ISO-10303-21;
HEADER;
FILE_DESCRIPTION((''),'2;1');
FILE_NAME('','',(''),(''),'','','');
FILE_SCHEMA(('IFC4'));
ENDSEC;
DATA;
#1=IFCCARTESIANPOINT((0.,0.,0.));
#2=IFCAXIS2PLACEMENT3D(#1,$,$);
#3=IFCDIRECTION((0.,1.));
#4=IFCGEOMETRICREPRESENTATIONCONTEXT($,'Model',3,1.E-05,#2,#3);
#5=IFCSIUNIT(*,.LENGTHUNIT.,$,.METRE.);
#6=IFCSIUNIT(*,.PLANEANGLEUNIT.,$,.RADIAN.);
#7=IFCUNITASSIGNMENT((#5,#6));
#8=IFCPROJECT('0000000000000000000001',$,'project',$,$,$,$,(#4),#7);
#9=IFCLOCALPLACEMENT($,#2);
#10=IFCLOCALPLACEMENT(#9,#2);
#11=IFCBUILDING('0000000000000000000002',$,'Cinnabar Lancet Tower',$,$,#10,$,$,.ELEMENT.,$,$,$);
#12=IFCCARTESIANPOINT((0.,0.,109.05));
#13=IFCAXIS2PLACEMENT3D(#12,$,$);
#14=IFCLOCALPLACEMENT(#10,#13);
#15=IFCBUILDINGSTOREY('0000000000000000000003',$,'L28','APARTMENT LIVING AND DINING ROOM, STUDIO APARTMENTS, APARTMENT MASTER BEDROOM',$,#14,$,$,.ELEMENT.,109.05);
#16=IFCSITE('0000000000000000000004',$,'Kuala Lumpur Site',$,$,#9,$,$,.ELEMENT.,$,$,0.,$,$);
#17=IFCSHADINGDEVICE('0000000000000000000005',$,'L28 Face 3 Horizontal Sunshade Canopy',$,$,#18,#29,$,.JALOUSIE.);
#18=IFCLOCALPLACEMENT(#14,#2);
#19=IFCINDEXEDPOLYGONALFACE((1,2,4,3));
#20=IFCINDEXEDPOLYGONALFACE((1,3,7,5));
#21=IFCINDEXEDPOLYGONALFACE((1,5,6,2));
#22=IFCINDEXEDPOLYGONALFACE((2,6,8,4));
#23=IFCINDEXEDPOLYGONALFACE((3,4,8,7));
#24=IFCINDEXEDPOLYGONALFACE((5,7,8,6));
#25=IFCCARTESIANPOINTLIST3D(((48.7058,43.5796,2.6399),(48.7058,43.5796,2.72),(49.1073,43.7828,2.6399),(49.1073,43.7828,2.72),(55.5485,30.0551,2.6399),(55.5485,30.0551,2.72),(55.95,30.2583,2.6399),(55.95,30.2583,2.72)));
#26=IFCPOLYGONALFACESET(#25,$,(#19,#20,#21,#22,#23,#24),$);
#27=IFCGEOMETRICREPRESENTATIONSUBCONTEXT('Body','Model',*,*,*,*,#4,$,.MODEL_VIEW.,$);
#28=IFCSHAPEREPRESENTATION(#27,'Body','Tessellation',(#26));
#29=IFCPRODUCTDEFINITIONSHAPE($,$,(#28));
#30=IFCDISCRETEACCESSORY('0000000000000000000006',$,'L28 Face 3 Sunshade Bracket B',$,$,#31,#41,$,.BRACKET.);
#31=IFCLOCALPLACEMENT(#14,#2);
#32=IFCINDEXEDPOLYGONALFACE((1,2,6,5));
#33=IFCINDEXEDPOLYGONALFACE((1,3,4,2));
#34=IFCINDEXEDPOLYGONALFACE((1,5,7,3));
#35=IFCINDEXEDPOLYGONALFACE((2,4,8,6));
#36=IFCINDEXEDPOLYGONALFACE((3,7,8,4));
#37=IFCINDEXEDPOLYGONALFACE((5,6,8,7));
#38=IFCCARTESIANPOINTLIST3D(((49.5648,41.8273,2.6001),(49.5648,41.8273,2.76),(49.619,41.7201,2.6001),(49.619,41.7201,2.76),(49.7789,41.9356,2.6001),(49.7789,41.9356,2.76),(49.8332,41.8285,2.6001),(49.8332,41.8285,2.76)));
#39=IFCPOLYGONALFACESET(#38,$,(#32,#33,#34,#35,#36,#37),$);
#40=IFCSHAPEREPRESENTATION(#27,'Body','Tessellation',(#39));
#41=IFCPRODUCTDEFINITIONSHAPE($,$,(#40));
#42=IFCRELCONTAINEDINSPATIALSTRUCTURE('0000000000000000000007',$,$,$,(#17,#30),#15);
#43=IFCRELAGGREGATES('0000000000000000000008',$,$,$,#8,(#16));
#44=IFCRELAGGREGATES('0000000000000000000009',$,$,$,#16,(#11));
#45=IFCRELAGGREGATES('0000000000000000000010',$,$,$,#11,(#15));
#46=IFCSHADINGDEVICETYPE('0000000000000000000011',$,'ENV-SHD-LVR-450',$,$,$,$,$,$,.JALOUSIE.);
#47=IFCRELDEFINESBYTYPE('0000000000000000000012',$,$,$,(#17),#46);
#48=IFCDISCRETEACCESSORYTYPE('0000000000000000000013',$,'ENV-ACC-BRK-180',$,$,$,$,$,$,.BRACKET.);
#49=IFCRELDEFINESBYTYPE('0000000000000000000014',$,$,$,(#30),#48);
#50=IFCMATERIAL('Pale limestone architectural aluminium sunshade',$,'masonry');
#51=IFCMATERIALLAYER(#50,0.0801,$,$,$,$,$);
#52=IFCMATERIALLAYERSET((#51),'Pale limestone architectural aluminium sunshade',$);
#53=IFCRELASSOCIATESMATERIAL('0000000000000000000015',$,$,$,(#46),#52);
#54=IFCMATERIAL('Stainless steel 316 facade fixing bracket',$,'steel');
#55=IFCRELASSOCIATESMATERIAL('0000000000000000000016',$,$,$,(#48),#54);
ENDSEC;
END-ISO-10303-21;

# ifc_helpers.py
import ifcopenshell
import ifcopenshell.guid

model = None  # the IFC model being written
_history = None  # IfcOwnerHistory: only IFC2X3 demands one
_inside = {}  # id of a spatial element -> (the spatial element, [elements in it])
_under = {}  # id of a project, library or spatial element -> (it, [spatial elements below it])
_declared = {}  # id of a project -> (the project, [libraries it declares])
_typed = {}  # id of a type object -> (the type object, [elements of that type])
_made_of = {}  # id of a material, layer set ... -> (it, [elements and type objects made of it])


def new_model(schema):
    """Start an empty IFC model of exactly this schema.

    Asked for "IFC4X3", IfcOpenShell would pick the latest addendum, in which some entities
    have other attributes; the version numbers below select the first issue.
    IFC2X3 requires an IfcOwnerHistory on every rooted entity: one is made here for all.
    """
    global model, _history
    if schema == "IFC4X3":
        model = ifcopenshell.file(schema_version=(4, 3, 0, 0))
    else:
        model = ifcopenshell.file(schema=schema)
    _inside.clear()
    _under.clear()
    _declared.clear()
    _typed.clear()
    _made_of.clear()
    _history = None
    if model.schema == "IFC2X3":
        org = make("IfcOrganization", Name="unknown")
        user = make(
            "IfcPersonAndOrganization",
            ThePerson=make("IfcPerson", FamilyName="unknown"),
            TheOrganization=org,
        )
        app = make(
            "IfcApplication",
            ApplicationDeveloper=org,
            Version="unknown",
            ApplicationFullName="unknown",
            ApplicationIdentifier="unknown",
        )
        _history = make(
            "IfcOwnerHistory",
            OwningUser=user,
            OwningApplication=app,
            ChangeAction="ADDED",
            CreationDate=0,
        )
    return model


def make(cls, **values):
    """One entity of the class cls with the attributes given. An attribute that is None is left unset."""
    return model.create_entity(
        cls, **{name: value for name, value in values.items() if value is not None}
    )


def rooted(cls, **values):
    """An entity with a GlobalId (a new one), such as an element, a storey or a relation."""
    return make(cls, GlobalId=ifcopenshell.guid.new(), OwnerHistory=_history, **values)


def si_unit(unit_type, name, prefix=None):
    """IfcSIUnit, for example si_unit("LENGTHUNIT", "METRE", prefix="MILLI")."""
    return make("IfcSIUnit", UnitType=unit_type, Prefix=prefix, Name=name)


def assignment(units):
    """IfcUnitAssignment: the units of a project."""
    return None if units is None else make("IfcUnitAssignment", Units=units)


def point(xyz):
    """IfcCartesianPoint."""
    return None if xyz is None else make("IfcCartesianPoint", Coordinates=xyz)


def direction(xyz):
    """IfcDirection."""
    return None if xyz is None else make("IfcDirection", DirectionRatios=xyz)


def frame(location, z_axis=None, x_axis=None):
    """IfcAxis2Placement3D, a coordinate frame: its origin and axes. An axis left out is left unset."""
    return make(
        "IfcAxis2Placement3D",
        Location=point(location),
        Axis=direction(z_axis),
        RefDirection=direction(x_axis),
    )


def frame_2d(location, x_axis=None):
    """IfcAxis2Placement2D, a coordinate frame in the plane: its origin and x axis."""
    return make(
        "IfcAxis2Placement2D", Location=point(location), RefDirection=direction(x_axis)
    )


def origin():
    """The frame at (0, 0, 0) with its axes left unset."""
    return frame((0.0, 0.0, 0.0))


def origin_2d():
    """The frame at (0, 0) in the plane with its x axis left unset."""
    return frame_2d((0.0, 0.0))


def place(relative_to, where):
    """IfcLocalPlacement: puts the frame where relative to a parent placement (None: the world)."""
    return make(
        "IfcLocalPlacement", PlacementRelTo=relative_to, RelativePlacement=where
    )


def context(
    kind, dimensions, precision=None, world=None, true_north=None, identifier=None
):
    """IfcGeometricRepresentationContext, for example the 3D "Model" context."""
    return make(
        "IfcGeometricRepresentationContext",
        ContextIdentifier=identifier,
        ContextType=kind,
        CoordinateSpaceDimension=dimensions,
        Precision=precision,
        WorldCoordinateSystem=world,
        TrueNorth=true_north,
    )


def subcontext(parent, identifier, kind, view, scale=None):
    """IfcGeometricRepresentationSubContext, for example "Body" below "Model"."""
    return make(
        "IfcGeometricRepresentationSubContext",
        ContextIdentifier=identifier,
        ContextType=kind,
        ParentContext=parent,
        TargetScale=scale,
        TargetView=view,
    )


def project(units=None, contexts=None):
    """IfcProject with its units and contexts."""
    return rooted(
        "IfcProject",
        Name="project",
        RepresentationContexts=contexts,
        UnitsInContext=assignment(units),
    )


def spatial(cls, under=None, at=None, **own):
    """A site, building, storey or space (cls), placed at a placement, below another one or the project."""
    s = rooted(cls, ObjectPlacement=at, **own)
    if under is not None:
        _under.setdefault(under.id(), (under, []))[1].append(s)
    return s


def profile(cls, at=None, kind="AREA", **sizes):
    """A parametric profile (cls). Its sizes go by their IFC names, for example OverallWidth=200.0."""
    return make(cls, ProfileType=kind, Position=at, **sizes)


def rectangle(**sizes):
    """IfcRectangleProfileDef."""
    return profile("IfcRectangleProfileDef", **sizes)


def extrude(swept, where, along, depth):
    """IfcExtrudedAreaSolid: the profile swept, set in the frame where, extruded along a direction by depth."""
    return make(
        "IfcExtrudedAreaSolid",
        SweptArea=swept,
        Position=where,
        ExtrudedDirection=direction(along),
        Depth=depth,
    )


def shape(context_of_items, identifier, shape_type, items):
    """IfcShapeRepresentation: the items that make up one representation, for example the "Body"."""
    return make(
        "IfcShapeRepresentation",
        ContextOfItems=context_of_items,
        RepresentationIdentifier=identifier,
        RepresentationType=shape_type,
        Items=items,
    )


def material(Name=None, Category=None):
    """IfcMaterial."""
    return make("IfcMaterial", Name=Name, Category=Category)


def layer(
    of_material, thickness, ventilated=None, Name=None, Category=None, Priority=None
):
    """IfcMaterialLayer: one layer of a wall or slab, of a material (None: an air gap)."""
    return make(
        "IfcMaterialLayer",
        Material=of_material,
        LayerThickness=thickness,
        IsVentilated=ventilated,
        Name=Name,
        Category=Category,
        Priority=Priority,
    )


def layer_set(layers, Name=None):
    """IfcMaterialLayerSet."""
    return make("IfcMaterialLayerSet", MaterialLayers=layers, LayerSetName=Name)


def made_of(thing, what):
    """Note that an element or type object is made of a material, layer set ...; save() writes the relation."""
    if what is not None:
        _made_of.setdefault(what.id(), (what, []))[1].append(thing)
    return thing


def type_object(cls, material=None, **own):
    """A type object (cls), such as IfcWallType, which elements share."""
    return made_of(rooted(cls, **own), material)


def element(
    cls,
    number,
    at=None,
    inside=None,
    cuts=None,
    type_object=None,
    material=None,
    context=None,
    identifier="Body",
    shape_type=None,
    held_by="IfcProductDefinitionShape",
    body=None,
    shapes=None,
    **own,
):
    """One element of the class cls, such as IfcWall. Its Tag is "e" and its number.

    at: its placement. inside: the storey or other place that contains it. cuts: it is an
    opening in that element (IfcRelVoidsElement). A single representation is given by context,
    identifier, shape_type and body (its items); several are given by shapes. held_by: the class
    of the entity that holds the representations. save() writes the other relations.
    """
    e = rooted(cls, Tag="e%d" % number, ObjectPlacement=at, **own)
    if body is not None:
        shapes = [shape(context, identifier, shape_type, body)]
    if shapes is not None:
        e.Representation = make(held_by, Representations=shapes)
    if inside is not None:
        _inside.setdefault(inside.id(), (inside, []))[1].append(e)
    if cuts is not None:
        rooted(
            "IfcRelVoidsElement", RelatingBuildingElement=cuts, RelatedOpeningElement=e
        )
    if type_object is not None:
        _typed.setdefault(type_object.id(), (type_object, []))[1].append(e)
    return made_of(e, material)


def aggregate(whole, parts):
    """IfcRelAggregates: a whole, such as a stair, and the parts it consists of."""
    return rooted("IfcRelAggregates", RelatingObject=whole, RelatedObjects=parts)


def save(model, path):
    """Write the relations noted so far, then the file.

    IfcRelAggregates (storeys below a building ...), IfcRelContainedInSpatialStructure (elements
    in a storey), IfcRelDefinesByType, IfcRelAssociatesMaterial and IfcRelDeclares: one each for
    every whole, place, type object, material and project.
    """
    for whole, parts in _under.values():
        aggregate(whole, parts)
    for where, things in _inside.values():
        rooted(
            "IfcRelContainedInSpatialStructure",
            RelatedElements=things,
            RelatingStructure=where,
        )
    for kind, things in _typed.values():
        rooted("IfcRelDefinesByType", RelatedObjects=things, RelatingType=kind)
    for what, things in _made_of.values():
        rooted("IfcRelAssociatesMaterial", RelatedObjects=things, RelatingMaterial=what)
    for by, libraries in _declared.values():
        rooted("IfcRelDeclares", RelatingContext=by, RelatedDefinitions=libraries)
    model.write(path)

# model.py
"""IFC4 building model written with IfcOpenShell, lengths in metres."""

from ifc_helpers import new_model, si_unit, direction, frame, origin, origin_2d, place, context, subcontext, project, spatial, rectangle, extrude, material, layer, layer_set, type_object, element, save


model = new_model("IFC4")

# Units and contexts
model_context = context("Model", 3, precision=1e-05, world=origin(), true_north=direction((0.0, 1.0)))
body_context = subcontext(model_context, "Body", "Model", "MODEL_VIEW")
ifc_project = project(units=[si_unit("LENGTHUNIT", "METRE"), si_unit("PLANEANGLEUNIT", "RADIAN")], contexts=[model_context])

# Site, building, storey
site_placement = place(None, origin())
site = spatial("IfcSite", under=ifc_project, at=site_placement, Name="Kuala Lumpur Site", CompositionType="ELEMENT", RefElevation=0.0)
building_placement = place(site_placement, origin())
building = spatial("IfcBuilding", under=site, at=building_placement, Name="Cinnabar Lancet Tower", CompositionType="ELEMENT")
storey_placement = place(building_placement, frame((0.0, 0.0, 109.05)))
storey = spatial("IfcBuildingStorey", under=building, at=storey_placement, Name="L28", Description="APARTMENT LIVING AND DINING ROOM, STUDIO APARTMENTS, APARTMENT MASTER BEDROOM", CompositionType="ELEMENT", Elevation=109.05)

# Shading device
ifc_material_1 = material(Name="Pale limestone architectural aluminium sunshade", Category="masonry")
ifc_layer_1 = layer(ifc_material_1, 0.0801)
ifc_layer_set_1 = layer_set([ifc_layer_1], Name="Pale limestone architectural aluminium sunshade")
shading_device_type = type_object("IfcShadingDeviceType", Name="ENV-SHD-LVR-450", PredefinedType="JALOUSIE", material=ifc_layer_set_1)
shading_device_placement = place(storey_placement, frame((52.3279, 36.9189, 2.6399), z_axis=(0.0, 0.0, 1.0), x_axis=(-0.451454, 0.892294, 0.0)))
element("IfcShadingDevice", 1, at=shading_device_placement, inside=storey, type_object=shading_device_type, Name="L28 Face 3 Horizontal Sunshade Canopy", PredefinedType="JALOUSIE", context=body_context, shape_type="SweptSolid", body=[
    extrude(rectangle(XDim=15.157, YDim=0.45, at=origin_2d()), origin(), (0.0, 0.0, 1.0), 0.0801),
])

# Discrete accessory
ifc_material_2 = material(Name="Stainless steel 316 facade fixing bracket", Category="steel")
discrete_accessory_type = type_object("IfcDiscreteAccessoryType", Name="ENV-ACC-BRK-180", PredefinedType="BRACKET", material=ifc_material_2)
discrete_accessory_placement = place(storey_placement, frame((49.699, 41.8279, 2.6001), z_axis=(0.0, 0.0, 1.0), x_axis=(-0.451454, 0.892294, 0.0)))
element("IfcDiscreteAccessory", 2, at=discrete_accessory_placement, inside=storey, type_object=discrete_accessory_type, Name="L28 Face 3 Sunshade Bracket B", PredefinedType="BRACKET", context=body_context, shape_type="SweptSolid", body=[
    extrude(rectangle(XDim=0.1201, YDim=0.24, at=origin_2d()), origin(), (0.0, 0.0, 1.0), 0.1599),
])

save(model, "model.ifc")
